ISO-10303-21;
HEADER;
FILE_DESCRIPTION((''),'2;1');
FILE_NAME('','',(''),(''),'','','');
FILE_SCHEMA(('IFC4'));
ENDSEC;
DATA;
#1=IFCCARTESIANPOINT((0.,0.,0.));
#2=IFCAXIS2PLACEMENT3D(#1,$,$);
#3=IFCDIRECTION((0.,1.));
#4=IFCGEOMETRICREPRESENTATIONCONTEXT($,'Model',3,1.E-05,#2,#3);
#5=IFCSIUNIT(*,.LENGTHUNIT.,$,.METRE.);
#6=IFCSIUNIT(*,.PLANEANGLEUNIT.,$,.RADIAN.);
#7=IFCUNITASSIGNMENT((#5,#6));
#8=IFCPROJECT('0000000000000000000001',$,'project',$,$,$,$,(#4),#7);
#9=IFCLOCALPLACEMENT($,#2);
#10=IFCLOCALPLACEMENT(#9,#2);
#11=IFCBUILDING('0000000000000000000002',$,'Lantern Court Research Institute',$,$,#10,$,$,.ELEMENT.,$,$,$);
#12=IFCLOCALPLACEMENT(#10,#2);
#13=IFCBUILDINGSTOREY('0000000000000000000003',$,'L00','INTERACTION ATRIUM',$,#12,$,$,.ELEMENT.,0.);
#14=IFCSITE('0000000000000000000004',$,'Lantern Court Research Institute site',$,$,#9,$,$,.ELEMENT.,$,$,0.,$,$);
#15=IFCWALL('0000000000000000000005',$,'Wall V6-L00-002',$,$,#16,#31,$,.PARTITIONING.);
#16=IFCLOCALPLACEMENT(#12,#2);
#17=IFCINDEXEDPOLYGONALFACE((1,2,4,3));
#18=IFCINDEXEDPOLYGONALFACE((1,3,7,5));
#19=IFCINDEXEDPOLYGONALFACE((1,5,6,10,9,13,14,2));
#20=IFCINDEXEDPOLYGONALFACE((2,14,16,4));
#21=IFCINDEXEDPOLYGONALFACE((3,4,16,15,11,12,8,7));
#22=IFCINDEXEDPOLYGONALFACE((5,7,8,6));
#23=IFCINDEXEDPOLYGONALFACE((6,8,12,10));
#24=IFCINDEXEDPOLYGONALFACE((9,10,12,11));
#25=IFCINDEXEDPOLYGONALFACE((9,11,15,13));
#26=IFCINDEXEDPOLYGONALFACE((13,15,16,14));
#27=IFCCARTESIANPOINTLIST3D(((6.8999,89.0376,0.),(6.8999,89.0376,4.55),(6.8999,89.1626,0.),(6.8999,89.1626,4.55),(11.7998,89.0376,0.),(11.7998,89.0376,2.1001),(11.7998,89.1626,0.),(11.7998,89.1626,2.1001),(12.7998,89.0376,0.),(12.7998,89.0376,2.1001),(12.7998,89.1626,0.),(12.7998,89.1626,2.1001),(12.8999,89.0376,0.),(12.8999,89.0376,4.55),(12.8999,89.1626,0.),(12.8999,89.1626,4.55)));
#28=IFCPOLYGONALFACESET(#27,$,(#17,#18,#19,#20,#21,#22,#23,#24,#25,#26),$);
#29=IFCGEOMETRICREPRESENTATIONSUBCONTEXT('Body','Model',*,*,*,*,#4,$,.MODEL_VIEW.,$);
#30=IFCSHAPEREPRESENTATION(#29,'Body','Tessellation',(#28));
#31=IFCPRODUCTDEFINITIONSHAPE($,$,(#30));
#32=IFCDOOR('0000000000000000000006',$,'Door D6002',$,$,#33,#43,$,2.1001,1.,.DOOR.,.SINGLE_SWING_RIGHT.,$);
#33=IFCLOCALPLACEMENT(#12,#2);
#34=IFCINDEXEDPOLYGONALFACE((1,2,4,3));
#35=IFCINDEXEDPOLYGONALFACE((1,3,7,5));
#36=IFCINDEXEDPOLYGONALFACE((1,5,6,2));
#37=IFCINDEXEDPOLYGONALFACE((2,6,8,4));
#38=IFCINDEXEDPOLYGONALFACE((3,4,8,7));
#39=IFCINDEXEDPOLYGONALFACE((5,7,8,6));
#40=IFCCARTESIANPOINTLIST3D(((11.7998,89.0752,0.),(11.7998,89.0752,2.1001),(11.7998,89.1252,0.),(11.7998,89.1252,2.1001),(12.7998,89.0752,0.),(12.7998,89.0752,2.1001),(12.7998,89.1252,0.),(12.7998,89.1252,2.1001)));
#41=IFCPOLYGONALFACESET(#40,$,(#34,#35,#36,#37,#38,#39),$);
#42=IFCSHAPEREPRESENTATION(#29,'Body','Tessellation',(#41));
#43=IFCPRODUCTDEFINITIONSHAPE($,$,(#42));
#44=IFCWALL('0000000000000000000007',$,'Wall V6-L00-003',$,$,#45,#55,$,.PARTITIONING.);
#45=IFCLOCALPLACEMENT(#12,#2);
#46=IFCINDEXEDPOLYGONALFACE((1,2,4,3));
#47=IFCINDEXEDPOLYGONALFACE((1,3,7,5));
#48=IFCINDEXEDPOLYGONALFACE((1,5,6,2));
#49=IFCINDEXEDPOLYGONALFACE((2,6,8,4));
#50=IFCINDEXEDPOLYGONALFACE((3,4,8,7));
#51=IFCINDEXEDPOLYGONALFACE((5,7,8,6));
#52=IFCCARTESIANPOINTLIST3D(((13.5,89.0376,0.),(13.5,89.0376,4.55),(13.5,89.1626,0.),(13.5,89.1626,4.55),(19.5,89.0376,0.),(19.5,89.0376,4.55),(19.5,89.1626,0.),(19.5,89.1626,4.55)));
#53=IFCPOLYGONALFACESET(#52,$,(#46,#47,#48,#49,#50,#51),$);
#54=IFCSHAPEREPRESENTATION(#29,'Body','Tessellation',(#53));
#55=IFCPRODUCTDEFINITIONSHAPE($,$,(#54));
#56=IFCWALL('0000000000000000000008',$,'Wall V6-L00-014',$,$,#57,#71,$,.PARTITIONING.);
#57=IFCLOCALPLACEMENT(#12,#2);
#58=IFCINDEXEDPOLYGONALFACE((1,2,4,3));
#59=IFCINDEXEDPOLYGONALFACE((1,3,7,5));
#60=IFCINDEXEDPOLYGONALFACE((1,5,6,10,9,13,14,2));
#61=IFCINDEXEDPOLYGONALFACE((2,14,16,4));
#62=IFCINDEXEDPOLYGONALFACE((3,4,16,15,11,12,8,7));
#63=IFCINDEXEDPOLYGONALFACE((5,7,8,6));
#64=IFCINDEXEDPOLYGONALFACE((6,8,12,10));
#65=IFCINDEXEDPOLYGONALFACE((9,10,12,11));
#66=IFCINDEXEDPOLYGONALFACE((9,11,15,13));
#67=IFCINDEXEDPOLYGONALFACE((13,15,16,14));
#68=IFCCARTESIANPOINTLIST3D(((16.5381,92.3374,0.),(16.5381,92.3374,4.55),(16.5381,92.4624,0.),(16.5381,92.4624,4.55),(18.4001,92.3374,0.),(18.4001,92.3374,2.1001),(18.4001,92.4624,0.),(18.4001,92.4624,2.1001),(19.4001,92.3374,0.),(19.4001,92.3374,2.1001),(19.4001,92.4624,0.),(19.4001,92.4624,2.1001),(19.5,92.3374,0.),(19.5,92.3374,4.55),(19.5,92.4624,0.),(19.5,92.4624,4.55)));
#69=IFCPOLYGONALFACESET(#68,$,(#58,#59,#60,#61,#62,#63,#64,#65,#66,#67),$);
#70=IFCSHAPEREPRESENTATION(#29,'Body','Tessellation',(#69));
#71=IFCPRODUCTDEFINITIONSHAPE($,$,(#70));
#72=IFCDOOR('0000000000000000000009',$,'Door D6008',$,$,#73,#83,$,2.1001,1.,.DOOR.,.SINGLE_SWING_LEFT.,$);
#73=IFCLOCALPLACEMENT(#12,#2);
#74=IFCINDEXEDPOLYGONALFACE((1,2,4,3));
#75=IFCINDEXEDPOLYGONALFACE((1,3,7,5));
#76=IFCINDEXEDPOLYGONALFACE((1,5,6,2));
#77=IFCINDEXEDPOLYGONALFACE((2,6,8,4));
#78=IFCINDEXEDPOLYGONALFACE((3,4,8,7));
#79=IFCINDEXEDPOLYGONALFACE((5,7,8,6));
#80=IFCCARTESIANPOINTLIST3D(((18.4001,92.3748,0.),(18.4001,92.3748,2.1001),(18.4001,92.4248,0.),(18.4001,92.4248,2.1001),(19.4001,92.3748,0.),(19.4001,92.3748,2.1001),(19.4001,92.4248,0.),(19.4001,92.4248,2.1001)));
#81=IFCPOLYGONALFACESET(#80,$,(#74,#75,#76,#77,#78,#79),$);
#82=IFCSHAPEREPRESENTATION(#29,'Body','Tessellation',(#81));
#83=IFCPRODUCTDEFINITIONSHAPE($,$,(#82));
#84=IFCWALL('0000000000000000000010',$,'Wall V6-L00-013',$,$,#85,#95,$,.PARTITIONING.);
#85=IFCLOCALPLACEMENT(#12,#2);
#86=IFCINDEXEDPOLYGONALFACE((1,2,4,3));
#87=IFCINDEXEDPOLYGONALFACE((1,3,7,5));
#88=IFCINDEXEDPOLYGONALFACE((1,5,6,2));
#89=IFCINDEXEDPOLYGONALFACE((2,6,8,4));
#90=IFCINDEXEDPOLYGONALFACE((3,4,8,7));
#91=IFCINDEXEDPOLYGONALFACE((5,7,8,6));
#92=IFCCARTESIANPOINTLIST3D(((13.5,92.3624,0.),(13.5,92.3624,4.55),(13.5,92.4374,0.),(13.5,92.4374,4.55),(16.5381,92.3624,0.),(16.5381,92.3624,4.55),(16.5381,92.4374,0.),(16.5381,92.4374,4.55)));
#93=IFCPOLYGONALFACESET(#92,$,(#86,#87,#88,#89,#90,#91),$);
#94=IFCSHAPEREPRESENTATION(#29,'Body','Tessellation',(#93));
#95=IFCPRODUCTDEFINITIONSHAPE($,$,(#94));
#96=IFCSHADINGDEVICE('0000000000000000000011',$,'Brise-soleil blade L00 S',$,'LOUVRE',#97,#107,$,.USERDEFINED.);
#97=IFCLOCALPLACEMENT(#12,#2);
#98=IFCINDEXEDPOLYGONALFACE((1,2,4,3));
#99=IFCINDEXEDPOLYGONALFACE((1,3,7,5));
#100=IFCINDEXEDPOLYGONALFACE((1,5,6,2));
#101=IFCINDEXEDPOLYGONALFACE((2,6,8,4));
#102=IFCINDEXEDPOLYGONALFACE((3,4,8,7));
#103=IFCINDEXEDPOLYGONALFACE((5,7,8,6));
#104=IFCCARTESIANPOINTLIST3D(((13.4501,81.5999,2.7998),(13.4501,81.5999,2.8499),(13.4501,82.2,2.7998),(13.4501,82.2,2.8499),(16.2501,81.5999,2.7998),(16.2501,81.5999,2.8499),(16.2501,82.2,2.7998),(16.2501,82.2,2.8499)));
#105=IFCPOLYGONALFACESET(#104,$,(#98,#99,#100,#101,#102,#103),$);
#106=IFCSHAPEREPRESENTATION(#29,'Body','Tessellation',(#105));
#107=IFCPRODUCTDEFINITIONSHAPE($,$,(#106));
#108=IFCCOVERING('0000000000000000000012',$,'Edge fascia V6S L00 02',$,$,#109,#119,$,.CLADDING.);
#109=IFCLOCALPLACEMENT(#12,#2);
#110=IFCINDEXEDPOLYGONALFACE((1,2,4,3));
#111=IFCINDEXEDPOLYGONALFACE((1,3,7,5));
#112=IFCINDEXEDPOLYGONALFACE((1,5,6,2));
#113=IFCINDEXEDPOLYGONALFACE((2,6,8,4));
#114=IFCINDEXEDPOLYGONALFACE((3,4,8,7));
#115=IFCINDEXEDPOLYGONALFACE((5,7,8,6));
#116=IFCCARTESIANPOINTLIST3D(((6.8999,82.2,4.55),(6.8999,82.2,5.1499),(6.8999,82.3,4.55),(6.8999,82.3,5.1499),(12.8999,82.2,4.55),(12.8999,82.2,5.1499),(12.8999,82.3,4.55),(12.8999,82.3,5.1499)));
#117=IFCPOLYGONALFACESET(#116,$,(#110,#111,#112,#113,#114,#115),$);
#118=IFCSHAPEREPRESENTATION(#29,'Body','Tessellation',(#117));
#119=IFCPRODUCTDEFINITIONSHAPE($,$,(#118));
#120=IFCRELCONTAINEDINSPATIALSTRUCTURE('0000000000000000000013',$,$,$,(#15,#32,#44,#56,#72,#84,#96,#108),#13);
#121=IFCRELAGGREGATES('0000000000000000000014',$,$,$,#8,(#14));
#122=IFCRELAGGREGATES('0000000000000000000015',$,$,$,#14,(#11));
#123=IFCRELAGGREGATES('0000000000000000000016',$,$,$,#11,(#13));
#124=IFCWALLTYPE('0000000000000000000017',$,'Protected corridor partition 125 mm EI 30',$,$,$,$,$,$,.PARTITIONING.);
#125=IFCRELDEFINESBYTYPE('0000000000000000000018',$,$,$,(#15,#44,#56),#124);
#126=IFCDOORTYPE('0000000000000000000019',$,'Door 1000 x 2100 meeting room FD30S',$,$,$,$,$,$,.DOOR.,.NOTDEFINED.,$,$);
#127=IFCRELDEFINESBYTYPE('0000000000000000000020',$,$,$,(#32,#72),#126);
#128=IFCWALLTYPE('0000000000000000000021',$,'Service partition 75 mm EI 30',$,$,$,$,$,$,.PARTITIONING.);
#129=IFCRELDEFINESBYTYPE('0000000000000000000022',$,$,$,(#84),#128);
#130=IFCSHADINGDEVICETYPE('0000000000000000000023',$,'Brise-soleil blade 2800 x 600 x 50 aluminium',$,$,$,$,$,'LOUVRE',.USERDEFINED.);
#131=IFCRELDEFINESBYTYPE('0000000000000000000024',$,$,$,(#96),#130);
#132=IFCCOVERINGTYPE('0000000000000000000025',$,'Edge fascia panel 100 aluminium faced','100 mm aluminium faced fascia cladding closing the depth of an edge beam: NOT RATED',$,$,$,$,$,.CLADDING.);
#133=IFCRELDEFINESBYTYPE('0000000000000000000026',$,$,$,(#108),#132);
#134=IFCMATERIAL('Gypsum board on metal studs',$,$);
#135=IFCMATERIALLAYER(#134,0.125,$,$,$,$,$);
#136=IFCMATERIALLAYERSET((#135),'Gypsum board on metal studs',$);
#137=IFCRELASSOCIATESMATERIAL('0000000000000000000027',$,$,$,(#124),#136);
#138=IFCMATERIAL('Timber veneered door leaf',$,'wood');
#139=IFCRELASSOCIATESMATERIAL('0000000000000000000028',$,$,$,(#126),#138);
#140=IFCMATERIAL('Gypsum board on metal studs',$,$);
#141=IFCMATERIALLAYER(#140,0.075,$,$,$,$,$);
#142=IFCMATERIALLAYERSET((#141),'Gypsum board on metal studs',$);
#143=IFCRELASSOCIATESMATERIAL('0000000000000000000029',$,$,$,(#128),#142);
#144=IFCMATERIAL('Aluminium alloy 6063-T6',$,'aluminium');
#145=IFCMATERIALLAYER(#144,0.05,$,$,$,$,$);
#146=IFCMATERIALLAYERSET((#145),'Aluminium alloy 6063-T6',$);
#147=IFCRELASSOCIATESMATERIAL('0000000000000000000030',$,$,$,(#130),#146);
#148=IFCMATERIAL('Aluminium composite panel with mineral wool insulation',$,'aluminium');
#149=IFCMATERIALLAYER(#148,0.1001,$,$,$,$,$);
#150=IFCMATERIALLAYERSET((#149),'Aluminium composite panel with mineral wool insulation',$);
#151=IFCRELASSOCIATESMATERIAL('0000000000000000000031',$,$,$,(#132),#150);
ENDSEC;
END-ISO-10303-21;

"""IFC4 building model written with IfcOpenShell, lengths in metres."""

from ifc_helpers import new_model, si_unit, direction, frame, frame_2d, origin, origin_2d, place, context, subcontext, project, spatial, rectangle, extrude, material, layer, layer_set, type_object, element, fill, save


model = new_model("IFC4")

# Units and contexts
model_context = context("Model", 3, precision=1e-05, world=origin(), true_north=direction((0.0, 1.0)))
body_context = subcontext(model_context, "Body", "Model", "MODEL_VIEW")
ifc_project = project(units=[si_unit("LENGTHUNIT", "METRE"), si_unit("PLANEANGLEUNIT", "RADIAN")], contexts=[model_context])

# Site, building, storey
site_placement = place(None, origin())
site = spatial("IfcSite", under=ifc_project, at=site_placement, Name="Lantern Court Research Institute site", CompositionType="ELEMENT", RefElevation=0.0)
building_placement = place(site_placement, origin())
building = spatial("IfcBuilding", under=site, at=building_placement, Name="Lantern Court Research Institute", CompositionType="ELEMENT")
storey_placement = place(building_placement, origin())
storey = spatial("IfcBuildingStorey", under=building, at=storey_placement, Name="L00", Description="INTERACTION ATRIUM", CompositionType="ELEMENT", Elevation=0.0)

# Wall, opening, door
ifc_material_1 = material(Name="Gypsum board on metal studs")
ifc_layer_1 = layer(ifc_material_1, 0.125)
ifc_layer_set_1 = layer_set([ifc_layer_1], Name="Gypsum board on metal studs")
wall_type_1 = type_object("IfcWallType", Name="Protected corridor partition 125 mm EI 30", PredefinedType="PARTITIONING", material=ifc_layer_set_1)
wall_1_placement = place(storey_placement, frame((12.8999, 89.1001, 0.0), z_axis=(0.0, 0.0, 1.0), x_axis=(-1.0, 0.0, 0.0)))
wall_1 = element("IfcWall", 1, at=wall_1_placement, inside=storey, type_object=wall_type_1, Name="Wall V6-L00-002", PredefinedType="PARTITIONING", context=body_context, shape_type="SweptSolid", body=[
    extrude(rectangle(XDim=6.0, YDim=0.125, at=frame_2d((3.0, 0.0))), origin(), (0.0, 0.0, 1.0), 4.55),
])
opening_1_placement = place(wall_1_placement, frame((0.1001, 0.0, 0.0)))
opening_1 = element("IfcOpeningElement", 2, at=opening_1_placement, cuts=wall_1, PredefinedType="OPENING", context=body_context, shape_type="SweptSolid", body=[
    extrude(rectangle(XDim=1.0, YDim=2.1001, at=frame_2d((0.5, 1.05))), frame((0.0, 0.0725, 0.0), z_axis=(0.0, -1.0, 0.0), x_axis=(1.0, 0.0, 0.0)), (0.0, 0.0, 1.0), 0.145),
])
ifc_material_2 = material(Name="Timber veneered door leaf", Category="wood")
door_type = type_object("IfcDoorType", Name="Door 1000 x 2100 meeting room FD30S", OperationType="NOTDEFINED", PredefinedType="DOOR", material=ifc_material_2)
door_1_placement = place(opening_1_placement, origin())
door_1 = element("IfcDoor", 3, at=door_1_placement, inside=storey, type_object=door_type, Name="Door D6002", OperationType="SINGLE_SWING_RIGHT", OverallHeight=2.1001, OverallWidth=1.0, PredefinedType="DOOR", context=body_context, shape_type="SweptSolid", body=[
    extrude(rectangle(XDim=1.0, YDim=2.1001, at=frame_2d((0.5, 1.05))), frame((0.0, 0.0249, 0.0), z_axis=(0.0, -1.0, 0.0), x_axis=(1.0, 0.0, 0.0)), (0.0, 0.0, 1.0), 0.05),
])
fill(opening_1, door_1)

# Wall
wall_2_placement = place(storey_placement, frame((13.5, 89.1001, 0.0), z_axis=(0.0, 0.0, 1.0), x_axis=(1.0, 0.0, 0.0)))
element("IfcWall", 4, at=wall_2_placement, inside=storey, type_object=wall_type_1, Name="Wall V6-L00-003", PredefinedType="PARTITIONING", context=body_context, shape_type="SweptSolid", body=[
    extrude(rectangle(XDim=6.0, YDim=0.125, at=frame_2d((3.0, 0.0))), origin(), (0.0, 0.0, 1.0), 4.55),
])

# Wall, opening, door
wall_3_placement = place(storey_placement, frame((16.5381, 92.3999, 0.0), z_axis=(0.0, 0.0, 1.0), x_axis=(1.0, 0.0, 0.0)))
wall_3 = element("IfcWall", 5, at=wall_3_placement, inside=storey, type_object=wall_type_1, Name="Wall V6-L00-014", PredefinedType="PARTITIONING", context=body_context, shape_type="SweptSolid", body=[
    extrude(rectangle(XDim=2.9619, YDim=0.125, at=frame_2d((1.481, 0.0))), origin(), (0.0, 0.0, 1.0), 4.55),
])
opening_2_placement = place(wall_3_placement, frame((1.8621, 0.0, 0.0)))
opening_2 = element("IfcOpeningElement", 6, at=opening_2_placement, cuts=wall_3, PredefinedType="OPENING", context=body_context, shape_type="SweptSolid", body=[
    extrude(rectangle(XDim=1.0, YDim=2.1001, at=frame_2d((0.5, 1.05))), frame((0.0, 0.0725, 0.0), z_axis=(0.0, -1.0, 0.0), x_axis=(1.0, 0.0, 0.0)), (0.0, 0.0, 1.0), 0.145),
])
door_2_placement = place(opening_2_placement, origin())
door_2 = element("IfcDoor", 7, at=door_2_placement, inside=storey, type_object=door_type, Name="Door D6008", OperationType="SINGLE_SWING_LEFT", OverallHeight=2.1001, OverallWidth=1.0, PredefinedType="DOOR", context=body_context, shape_type="SweptSolid", body=[
    extrude(rectangle(XDim=1.0, YDim=2.1001, at=frame_2d((0.5, 1.05))), frame((0.0, 0.0249, 0.0), z_axis=(0.0, -1.0, 0.0), x_axis=(1.0, 0.0, 0.0)), (0.0, 0.0, 1.0), 0.05),
])
fill(opening_2, door_2)

# Wall
ifc_material_3 = material(Name="Gypsum board on metal studs")
ifc_layer_2 = layer(ifc_material_3, 0.075)
ifc_layer_set_2 = layer_set([ifc_layer_2], Name="Gypsum board on metal studs")
wall_type_2 = type_object("IfcWallType", Name="Service partition 75 mm EI 30", PredefinedType="PARTITIONING", material=ifc_layer_set_2)
wall_4_placement = place(storey_placement, frame((13.5, 92.3999, 0.0), z_axis=(0.0, 0.0, 1.0), x_axis=(1.0, 0.0, 0.0)))
element("IfcWall", 8, at=wall_4_placement, inside=storey, type_object=wall_type_2, Name="Wall V6-L00-013", PredefinedType="PARTITIONING", context=body_context, shape_type="SweptSolid", body=[
    extrude(rectangle(XDim=3.0381, YDim=0.075, at=frame_2d((1.519, 0.0))), origin(), (0.0, 0.0, 1.0), 4.55),
])

# Shading device
ifc_material_4 = material(Name="Aluminium alloy 6063-T6", Category="aluminium")
ifc_layer_3 = layer(ifc_material_4, 0.05)
ifc_layer_set_3 = layer_set([ifc_layer_3], Name="Aluminium alloy 6063-T6")
shading_device_type = type_object("IfcShadingDeviceType", Name="Brise-soleil blade 2800 x 600 x 50 aluminium", ElementType="LOUVRE", PredefinedType="USERDEFINED", material=ifc_layer_set_3)
shading_device_placement = place(storey_placement, frame((14.8501, 81.8999, 2.7998), z_axis=(0.0, 0.0, 1.0), x_axis=(-1.0, 0.0, 0.0)))
element("IfcShadingDevice", 9, at=shading_device_placement, inside=storey, type_object=shading_device_type, Name="Brise-soleil blade L00 S", ObjectType="LOUVRE", PredefinedType="USERDEFINED", context=body_context, shape_type="SweptSolid", body=[
    extrude(rectangle(XDim=2.8, YDim=0.6001, at=origin_2d()), origin(), (0.0, 0.0, 1.0), 0.05),
])

# Covering
ifc_material_5 = material(Name="Aluminium composite panel with mineral wool insulation", Category="aluminium")
ifc_layer_4 = layer(ifc_material_5, 0.1001)
ifc_layer_set_4 = layer_set([ifc_layer_4], Name="Aluminium composite panel with mineral wool insulation")
covering_type = type_object("IfcCoveringType", Name="Edge fascia panel 100 aluminium faced", Description="100 mm aluminium faced fascia cladding closing the depth of an edge beam: NOT RATED", PredefinedType="CLADDING", material=ifc_layer_set_4)
covering_placement = place(storey_placement, frame((12.8999, 82.25, 4.55), z_axis=(0.0, 0.0, 1.0), x_axis=(-1.0, 0.0, 0.0)))
element("IfcCovering", 10, at=covering_placement, inside=storey, type_object=covering_type, Name="Edge fascia V6S L00 02", PredefinedType="CLADDING", context=body_context, shape_type="SweptSolid", body=[
    extrude(rectangle(XDim=6.0, YDim=0.1001, at=frame_2d((3.0, 0.0))), origin(), (0.0, 0.0, 1.0), 0.5999),
])

save(model, "model.ifc")
